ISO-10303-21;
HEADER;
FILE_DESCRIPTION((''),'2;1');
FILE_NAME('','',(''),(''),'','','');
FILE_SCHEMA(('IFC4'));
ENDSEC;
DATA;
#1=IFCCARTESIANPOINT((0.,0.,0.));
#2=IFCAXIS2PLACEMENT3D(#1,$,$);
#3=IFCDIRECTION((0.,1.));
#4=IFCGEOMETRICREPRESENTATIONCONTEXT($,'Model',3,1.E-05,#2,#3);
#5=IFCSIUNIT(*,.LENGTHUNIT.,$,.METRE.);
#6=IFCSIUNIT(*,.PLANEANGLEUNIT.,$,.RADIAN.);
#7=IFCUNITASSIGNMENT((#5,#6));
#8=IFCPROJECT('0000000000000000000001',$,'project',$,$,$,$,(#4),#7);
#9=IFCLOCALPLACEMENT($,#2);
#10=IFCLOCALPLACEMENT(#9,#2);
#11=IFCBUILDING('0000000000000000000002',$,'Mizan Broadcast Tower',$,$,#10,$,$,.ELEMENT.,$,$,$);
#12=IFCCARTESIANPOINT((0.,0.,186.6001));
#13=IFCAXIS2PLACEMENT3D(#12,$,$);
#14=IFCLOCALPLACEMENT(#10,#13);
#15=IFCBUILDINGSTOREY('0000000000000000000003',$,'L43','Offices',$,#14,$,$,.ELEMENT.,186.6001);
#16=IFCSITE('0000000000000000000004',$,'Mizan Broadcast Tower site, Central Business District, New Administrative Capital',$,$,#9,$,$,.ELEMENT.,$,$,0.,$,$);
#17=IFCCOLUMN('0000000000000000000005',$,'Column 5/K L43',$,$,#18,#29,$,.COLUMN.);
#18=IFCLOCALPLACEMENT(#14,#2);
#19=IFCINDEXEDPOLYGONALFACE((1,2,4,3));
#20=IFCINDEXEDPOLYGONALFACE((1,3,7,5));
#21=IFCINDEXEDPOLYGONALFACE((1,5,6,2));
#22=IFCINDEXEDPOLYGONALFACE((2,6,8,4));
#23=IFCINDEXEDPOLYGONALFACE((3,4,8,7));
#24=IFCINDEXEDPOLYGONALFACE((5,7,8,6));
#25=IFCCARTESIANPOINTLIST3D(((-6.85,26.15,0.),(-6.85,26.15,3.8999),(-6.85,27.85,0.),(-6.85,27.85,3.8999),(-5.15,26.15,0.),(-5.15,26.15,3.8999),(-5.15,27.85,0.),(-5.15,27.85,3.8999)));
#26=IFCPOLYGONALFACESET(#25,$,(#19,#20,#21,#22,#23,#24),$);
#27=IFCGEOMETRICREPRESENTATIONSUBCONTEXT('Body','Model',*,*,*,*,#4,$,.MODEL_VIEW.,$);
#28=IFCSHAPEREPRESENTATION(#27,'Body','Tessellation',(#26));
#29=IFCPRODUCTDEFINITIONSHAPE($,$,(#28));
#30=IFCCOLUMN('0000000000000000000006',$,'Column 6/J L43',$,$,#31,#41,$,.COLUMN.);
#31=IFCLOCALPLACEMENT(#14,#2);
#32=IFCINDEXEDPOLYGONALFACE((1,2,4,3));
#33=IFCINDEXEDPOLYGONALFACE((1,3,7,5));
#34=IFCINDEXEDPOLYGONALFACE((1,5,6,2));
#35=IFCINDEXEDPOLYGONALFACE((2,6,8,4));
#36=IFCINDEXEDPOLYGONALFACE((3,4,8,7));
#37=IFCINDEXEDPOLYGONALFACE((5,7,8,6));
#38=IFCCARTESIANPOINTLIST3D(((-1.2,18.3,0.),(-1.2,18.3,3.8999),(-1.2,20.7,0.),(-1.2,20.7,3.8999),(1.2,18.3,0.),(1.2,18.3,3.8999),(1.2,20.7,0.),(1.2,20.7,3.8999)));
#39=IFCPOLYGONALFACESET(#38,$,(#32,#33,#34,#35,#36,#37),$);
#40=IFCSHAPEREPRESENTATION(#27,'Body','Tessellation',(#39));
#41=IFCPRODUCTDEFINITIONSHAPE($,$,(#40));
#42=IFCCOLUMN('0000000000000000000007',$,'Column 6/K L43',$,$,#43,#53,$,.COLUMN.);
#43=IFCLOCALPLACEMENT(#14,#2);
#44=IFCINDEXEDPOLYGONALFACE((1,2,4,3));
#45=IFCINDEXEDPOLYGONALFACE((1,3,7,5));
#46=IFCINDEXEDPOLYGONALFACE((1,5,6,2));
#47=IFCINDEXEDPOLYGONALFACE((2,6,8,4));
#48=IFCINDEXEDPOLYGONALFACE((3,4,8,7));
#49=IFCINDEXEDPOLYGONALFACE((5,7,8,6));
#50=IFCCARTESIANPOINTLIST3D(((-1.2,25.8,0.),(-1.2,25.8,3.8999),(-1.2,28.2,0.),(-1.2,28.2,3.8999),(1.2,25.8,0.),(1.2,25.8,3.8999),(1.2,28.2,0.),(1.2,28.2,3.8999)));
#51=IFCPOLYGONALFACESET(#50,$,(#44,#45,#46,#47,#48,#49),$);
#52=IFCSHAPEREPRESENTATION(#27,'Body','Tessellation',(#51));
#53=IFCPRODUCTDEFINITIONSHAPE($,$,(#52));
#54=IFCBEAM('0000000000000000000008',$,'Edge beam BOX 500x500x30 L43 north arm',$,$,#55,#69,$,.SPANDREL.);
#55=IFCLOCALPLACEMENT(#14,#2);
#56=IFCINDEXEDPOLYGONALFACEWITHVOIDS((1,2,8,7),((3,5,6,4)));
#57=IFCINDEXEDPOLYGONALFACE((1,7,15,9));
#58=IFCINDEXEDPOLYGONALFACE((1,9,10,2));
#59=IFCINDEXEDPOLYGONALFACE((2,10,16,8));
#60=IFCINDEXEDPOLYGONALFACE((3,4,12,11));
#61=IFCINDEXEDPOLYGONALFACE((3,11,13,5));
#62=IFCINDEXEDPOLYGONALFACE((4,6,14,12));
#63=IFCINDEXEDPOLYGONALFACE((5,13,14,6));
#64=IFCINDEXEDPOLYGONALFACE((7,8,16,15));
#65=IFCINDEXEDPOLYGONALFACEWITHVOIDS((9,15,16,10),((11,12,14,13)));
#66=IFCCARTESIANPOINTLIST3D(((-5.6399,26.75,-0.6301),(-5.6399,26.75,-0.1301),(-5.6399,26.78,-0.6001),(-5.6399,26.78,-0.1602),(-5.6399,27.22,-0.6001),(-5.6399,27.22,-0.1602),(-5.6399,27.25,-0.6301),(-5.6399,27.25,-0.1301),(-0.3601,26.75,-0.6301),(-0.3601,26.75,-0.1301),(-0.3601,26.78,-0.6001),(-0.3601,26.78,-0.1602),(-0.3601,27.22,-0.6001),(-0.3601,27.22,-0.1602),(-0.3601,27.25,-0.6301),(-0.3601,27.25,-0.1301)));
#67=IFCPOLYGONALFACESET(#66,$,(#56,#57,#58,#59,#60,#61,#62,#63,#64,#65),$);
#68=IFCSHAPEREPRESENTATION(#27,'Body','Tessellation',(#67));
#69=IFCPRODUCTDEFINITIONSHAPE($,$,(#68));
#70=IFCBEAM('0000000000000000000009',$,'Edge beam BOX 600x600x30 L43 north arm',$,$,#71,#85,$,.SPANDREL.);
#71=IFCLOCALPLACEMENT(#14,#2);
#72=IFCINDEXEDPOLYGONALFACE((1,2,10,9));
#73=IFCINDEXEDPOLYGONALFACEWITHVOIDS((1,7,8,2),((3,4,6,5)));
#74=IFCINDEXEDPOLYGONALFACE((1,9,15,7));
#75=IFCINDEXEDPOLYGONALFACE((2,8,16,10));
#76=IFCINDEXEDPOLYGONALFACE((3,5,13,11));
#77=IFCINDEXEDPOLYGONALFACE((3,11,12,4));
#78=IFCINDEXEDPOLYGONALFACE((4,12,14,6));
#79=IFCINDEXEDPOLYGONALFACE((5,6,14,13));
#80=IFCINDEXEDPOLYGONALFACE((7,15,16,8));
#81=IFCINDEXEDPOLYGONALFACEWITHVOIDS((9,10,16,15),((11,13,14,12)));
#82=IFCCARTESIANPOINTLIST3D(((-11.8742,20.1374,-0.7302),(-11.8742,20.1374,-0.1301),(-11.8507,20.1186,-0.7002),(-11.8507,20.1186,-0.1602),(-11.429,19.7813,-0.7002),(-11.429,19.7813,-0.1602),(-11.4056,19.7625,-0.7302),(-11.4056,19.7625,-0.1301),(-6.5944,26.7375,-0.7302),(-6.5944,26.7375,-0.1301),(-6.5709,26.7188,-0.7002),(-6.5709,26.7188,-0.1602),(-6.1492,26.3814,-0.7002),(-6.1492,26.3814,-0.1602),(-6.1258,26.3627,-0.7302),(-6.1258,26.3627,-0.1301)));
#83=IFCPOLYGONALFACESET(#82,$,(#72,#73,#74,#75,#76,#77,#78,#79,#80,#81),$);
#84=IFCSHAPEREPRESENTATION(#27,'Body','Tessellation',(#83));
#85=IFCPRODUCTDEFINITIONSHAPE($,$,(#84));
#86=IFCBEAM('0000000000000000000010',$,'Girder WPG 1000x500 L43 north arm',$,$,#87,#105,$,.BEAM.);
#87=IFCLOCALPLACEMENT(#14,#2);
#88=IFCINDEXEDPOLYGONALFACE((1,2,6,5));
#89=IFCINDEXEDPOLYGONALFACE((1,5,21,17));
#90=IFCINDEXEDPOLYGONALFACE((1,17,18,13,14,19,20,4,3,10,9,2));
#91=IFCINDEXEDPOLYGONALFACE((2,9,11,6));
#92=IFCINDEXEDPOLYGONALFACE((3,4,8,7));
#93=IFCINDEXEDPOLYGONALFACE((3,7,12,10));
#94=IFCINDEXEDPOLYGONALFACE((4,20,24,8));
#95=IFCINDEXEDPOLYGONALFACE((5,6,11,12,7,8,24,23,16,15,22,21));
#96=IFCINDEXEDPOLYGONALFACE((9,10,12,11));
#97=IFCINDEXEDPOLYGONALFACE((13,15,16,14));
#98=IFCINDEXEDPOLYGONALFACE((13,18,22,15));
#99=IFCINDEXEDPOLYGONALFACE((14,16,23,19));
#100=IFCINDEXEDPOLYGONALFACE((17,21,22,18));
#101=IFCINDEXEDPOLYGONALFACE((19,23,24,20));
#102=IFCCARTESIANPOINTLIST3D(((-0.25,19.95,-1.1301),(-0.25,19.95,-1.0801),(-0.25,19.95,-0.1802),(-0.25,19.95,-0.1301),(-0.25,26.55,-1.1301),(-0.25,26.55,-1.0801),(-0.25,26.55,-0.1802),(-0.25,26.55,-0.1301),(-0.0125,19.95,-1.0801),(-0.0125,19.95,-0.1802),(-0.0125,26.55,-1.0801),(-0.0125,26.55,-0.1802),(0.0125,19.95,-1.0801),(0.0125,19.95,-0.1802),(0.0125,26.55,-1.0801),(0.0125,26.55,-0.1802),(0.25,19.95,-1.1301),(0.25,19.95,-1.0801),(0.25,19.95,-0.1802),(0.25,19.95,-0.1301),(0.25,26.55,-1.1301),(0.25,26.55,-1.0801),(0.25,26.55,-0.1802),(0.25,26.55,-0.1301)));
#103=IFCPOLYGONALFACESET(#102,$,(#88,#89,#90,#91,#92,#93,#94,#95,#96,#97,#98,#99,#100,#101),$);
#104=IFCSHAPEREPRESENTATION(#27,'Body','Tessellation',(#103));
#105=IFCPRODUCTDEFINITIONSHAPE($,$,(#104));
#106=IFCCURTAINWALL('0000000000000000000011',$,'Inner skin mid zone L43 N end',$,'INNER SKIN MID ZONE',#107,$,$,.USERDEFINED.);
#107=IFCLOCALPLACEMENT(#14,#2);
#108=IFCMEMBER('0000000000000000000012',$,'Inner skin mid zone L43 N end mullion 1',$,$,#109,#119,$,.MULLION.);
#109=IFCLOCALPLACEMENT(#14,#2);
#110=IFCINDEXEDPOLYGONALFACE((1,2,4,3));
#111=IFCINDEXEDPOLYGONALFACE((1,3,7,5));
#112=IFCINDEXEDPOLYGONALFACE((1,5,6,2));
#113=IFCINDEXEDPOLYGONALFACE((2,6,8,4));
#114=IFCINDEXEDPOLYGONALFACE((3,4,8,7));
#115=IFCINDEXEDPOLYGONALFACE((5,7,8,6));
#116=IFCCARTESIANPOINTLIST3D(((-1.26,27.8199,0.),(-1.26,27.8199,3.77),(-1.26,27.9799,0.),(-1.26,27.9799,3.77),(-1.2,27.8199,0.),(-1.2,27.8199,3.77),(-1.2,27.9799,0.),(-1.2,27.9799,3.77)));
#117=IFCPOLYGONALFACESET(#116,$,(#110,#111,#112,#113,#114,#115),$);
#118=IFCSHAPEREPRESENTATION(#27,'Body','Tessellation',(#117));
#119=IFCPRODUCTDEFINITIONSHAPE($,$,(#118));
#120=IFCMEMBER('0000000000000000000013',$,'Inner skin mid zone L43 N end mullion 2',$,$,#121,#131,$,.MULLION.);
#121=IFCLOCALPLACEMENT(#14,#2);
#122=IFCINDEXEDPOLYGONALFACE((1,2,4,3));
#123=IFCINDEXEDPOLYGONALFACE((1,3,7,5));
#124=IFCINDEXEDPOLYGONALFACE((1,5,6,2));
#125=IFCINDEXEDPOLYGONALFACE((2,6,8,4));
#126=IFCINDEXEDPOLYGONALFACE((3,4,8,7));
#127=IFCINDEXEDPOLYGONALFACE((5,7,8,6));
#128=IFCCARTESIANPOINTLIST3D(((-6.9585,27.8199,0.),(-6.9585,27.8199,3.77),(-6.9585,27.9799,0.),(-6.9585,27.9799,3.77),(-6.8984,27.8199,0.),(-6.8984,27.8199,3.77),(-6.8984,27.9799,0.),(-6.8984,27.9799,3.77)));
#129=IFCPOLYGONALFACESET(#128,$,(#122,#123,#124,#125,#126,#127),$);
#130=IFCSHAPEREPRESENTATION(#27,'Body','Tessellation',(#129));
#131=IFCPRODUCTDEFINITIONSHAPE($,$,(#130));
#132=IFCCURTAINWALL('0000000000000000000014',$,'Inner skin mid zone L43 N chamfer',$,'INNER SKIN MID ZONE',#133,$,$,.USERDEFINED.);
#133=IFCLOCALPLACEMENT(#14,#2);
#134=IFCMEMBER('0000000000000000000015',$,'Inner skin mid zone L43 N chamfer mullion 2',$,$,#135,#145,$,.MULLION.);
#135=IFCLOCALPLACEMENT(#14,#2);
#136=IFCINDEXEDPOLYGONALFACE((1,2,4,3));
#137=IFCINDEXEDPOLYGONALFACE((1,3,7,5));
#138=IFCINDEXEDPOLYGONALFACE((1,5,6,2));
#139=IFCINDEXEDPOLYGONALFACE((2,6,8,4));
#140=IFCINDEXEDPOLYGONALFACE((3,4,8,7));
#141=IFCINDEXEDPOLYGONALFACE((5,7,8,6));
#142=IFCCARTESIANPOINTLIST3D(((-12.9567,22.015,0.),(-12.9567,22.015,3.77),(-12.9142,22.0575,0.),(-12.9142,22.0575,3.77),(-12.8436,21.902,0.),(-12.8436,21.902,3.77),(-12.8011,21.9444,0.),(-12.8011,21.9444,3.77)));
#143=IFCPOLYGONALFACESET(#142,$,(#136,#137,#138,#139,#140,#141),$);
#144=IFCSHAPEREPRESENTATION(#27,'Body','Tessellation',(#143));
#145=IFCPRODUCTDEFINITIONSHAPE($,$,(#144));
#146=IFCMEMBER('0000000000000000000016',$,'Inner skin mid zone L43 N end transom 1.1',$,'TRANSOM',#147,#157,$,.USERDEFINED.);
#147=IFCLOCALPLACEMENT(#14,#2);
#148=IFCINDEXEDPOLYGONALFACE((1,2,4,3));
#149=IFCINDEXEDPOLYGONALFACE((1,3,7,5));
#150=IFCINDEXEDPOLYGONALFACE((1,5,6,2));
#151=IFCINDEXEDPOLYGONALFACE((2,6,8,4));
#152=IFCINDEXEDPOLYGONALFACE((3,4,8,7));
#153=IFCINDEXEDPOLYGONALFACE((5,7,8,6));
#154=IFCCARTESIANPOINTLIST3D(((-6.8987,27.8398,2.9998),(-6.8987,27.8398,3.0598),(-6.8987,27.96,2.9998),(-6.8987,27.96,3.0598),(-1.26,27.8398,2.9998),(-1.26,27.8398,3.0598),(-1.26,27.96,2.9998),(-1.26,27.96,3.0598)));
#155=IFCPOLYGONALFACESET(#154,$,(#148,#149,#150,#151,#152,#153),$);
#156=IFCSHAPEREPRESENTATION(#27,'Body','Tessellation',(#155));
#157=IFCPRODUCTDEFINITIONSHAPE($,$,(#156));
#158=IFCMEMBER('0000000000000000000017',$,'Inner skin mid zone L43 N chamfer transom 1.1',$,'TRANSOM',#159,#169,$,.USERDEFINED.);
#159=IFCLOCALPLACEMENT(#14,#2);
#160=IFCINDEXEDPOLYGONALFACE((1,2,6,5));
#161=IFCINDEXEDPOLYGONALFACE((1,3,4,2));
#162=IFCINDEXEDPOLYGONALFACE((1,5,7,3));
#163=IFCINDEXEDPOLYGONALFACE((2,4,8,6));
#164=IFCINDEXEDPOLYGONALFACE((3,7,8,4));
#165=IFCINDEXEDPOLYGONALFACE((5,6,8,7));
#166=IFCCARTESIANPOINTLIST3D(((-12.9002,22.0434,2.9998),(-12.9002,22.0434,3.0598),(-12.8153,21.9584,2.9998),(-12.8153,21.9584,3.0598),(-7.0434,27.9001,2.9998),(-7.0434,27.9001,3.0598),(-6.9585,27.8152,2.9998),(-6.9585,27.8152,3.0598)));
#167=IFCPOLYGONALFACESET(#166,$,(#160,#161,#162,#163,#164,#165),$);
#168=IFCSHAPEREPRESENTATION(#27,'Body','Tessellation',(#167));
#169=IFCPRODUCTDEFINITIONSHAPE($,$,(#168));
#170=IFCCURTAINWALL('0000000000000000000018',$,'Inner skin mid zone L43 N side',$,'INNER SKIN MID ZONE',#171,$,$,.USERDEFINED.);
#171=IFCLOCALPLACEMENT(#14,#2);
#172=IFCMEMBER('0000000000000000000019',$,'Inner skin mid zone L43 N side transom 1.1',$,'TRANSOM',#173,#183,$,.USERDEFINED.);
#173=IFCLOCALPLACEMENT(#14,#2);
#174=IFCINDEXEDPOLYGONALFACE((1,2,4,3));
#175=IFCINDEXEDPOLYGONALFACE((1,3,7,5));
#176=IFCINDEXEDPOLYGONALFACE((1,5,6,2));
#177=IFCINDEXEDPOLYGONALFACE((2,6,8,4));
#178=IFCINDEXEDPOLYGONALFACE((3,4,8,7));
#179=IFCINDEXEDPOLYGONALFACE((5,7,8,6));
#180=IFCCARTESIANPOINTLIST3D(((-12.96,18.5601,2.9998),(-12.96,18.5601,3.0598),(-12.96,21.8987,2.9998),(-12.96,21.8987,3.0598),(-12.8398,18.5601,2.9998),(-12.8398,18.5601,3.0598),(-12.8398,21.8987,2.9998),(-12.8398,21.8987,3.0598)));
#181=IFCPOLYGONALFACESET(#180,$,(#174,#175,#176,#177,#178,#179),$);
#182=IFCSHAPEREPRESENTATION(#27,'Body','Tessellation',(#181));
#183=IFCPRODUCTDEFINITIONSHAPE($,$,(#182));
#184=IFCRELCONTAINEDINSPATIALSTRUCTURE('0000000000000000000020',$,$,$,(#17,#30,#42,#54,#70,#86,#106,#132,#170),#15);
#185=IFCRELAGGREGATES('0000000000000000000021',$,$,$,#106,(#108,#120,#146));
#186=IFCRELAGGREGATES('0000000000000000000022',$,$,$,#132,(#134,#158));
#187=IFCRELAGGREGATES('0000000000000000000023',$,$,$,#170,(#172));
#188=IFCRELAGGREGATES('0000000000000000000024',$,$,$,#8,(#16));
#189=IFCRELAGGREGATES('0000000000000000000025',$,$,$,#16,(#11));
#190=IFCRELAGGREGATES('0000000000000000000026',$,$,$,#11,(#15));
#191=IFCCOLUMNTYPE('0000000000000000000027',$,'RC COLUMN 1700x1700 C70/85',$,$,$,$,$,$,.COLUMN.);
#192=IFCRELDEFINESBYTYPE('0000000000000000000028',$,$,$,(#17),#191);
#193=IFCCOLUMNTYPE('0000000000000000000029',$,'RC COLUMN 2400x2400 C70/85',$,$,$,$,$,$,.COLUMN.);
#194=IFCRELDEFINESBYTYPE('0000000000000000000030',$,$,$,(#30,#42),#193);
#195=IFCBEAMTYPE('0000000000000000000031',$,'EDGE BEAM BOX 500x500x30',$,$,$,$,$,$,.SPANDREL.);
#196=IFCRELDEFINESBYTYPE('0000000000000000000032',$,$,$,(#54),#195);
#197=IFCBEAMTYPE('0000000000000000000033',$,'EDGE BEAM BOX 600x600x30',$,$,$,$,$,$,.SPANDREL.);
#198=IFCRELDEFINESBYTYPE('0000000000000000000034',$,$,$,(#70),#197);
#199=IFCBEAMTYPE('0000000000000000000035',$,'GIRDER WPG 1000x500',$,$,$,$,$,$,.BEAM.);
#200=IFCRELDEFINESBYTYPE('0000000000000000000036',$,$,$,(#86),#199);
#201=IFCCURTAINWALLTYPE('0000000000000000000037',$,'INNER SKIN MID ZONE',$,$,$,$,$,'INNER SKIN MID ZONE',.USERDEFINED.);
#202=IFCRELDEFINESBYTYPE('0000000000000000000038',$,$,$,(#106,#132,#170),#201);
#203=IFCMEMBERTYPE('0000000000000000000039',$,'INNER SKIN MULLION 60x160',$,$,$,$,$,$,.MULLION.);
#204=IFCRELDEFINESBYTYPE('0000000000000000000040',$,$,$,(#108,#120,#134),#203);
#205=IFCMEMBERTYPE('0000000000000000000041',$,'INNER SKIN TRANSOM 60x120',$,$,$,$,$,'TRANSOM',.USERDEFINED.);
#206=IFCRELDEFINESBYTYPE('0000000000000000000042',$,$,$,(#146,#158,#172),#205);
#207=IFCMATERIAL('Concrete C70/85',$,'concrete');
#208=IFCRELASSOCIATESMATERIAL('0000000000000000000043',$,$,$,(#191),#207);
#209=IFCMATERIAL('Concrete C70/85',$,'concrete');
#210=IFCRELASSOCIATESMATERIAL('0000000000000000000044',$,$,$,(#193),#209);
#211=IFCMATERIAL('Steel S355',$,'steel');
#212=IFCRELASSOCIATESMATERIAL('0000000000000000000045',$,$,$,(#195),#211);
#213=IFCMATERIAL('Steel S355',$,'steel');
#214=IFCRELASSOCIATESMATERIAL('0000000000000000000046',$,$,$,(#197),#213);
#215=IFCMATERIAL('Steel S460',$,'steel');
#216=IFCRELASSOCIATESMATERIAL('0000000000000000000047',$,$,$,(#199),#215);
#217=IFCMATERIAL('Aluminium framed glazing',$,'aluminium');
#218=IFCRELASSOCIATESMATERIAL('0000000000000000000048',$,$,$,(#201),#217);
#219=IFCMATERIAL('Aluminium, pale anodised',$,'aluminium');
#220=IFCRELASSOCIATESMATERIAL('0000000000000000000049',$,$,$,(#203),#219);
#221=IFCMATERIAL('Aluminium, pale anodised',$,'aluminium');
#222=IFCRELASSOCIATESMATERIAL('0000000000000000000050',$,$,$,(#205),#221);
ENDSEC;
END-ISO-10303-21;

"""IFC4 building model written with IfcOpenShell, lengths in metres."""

from ifc_helpers import new_model, si_unit, direction, frame, origin, origin_2d, place, context, subcontext, project, spatial, rectangle, hollow_rectangle, i_section, extrude, material, material_profile, profile_set, type_object, element, aggregate, save


model = new_model("IFC4")

# Units and contexts
model_context = context("Model", 3, precision=1e-05, world=origin(), true_north=direction((0.0, 1.0)))
body_context = subcontext(model_context, "Body", "Model", "MODEL_VIEW")
ifc_project = project(units=[si_unit("LENGTHUNIT", "METRE"), si_unit("PLANEANGLEUNIT", "RADIAN")], contexts=[model_context])

# Site, building, storey
site_placement = place(None, origin())
site = spatial("IfcSite", under=ifc_project, at=site_placement, Name="Mizan Broadcast Tower site, Central Business District, New Administrative Capital", CompositionType="ELEMENT", RefElevation=0.0)
building_placement = place(site_placement, origin())
building = spatial("IfcBuilding", under=site, at=building_placement, Name="Mizan Broadcast Tower", CompositionType="ELEMENT")
storey_placement = place(building_placement, frame((0.0, 0.0, 186.6001)))
storey = spatial("IfcBuildingStorey", under=building, at=storey_placement, Name="L43", Description="Offices", CompositionType="ELEMENT", Elevation=186.6001)

# Columns
ifc_material_1 = material(Name="Concrete C70/85", Category="concrete")
ifc_material_profile_1 = material_profile(ifc_material_1, rectangle(XDim=1.7, YDim=1.7, at=origin_2d()), Name="RC 1700x1700")
ifc_profile_set_1 = profile_set([ifc_material_profile_1], Name="Concrete C70/85")
column_type_1 = type_object("IfcColumnType", Name="RC COLUMN 1700x1700 C70/85", PredefinedType="COLUMN", material=ifc_profile_set_1)
column_placement = place(storey_placement, frame((-6.0, 27.0, 0.0), z_axis=(0.0, 0.0, 1.0), x_axis=(1.0, 0.0, 0.0)))
element("IfcColumn", 1, at=column_placement, inside=storey, type_object=column_type_1, Name="Column 5/K L43", PredefinedType="COLUMN", context=body_context, shape_type="SweptSolid", body=[
    extrude(rectangle(XDim=1.7, YDim=1.7, at=origin_2d()), origin(), (0.0, 0.0, 1.0), 3.8999),
])
ifc_material_2 = material(Name="Concrete C70/85", Category="concrete")
ifc_material_profile_2 = material_profile(ifc_material_2, rectangle(XDim=2.3999, YDim=2.3999, at=origin_2d()), Name="RC 2400x2400")
ifc_profile_set_2 = profile_set([ifc_material_profile_2], Name="Concrete C70/85")
column_type_2 = type_object("IfcColumnType", Name="RC COLUMN 2400x2400 C70/85", PredefinedType="COLUMN", material=ifc_profile_set_2)
for number, where, z_axis, x_axis, name in (
    (2, (0.0, 19.5, 0.0), (0.0, 0.0, 1.0), (1.0, 0.0, 0.0), "Column 6/J L43"),
    (3, (0.0, 27.0, 0.0), (0.0, 0.0, 1.0), (1.0, 0.0, 0.0), "Column 6/K L43"),
):
    element("IfcColumn", number, at=place(storey_placement, frame(where, z_axis=z_axis, x_axis=x_axis)), inside=storey, type_object=column_type_2, Name=name, PredefinedType="COLUMN", context=body_context, shape_type="SweptSolid", body=[
        extrude(rectangle(XDim=2.3999, YDim=2.3999, at=origin_2d()), origin(), (0.0, 0.0, 1.0), 3.8999),
    ])

# Beams
ifc_material_3 = material(Name="Steel S355", Category="steel")
ifc_material_profile_3 = material_profile(ifc_material_3, hollow_rectangle(XDim=0.5, YDim=0.5, WallThickness=0.03, at=origin_2d()), Name="BOX 500x500x30")
ifc_profile_set_3 = profile_set([ifc_material_profile_3], Name="Steel S355")
beam_type_1 = type_object("IfcBeamType", Name="EDGE BEAM BOX 500x500x30", PredefinedType="SPANDREL", material=ifc_profile_set_3)
beam_1_placement = place(storey_placement, frame((-5.6399, 27.0, -0.3801), z_axis=(1.0, 0.0, 0.0), x_axis=(0.0, 1.0, 0.0)))
element("IfcBeam", 4, at=beam_1_placement, inside=storey, type_object=beam_type_1, Name="Edge beam BOX 500x500x30 L43 north arm", PredefinedType="SPANDREL", context=body_context, shape_type="SweptSolid", body=[
    extrude(hollow_rectangle(XDim=0.5, YDim=0.5, WallThickness=0.03, at=origin_2d()), origin(), (0.0, 0.0, 1.0), 5.2798),
])
ifc_material_4 = material(Name="Steel S355", Category="steel")
ifc_material_profile_4 = material_profile(ifc_material_4, hollow_rectangle(XDim=0.6001, YDim=0.6001, WallThickness=0.03, at=origin_2d()), Name="BOX 600x600x30")
ifc_profile_set_4 = profile_set([ifc_material_profile_4], Name="Steel S355")
beam_type_2 = type_object("IfcBeamType", Name="EDGE BEAM BOX 600x600x30", PredefinedType="SPANDREL", material=ifc_profile_set_4)
beam_2_placement = place(storey_placement, frame((-11.6399, 19.95, -0.4302), z_axis=(0.624674, 0.780886, 0.0), x_axis=(-0.780886, 0.624674, 0.0)))
element("IfcBeam", 5, at=beam_2_placement, inside=storey, type_object=beam_type_2, Name="Edge beam BOX 600x600x30 L43 north arm", PredefinedType="SPANDREL", context=body_context, shape_type="SweptSolid", body=[
    extrude(hollow_rectangle(XDim=0.6001, YDim=0.6001, WallThickness=0.03, at=origin_2d()), origin(), (0.0, 0.0, 1.0), 8.4521),
])
ifc_material_5 = material(Name="Steel S460", Category="steel")
ifc_material_profile_5 = material_profile(ifc_material_5, i_section(OverallWidth=0.5, OverallDepth=1.0, WebThickness=0.0249, FlangeThickness=0.05, at=origin_2d()), Name="WPG 1000x500")
ifc_profile_set_5 = profile_set([ifc_material_profile_5], Name="Steel S460")
beam_type_3 = type_object("IfcBeamType", Name="GIRDER WPG 1000x500", PredefinedType="BEAM", material=ifc_profile_set_5)
beam_3_placement = place(storey_placement, frame((0.0, 19.95, -0.6301), z_axis=(0.0, 1.0, 0.0), x_axis=(-1.0, 0.0, 0.0)))
element("IfcBeam", 6, at=beam_3_placement, inside=storey, type_object=beam_type_3, Name="Girder WPG 1000x500 L43 north arm", PredefinedType="BEAM", context=body_context, shape_type="SweptSolid", body=[
    extrude(i_section(OverallWidth=0.5, OverallDepth=1.0, WebThickness=0.0249, FlangeThickness=0.05, at=origin_2d()), origin(), (0.0, 0.0, 1.0), 6.6001),
])

# Curtain wall, members
ifc_material_6 = material(Name="Aluminium framed glazing", Category="aluminium")
curtain_wall_type_1 = type_object("IfcCurtainWallType", Name="INNER SKIN MID ZONE", ElementType="INNER SKIN MID ZONE", PredefinedType="USERDEFINED", material=ifc_material_6)
curtain_wall_1_placement = place(storey_placement, origin())
curtain_wall_1 = element("IfcCurtainWall", 7, at=curtain_wall_1_placement, inside=storey, type_object=curtain_wall_type_1, Name="Inner skin mid zone L43 N end", ObjectType="INNER SKIN MID ZONE", PredefinedType="USERDEFINED")
ifc_material_7 = material(Name="Aluminium, pale anodised", Category="aluminium")
ifc_material_profile_6 = material_profile(ifc_material_7, rectangle(XDim=0.1599, YDim=0.0601, at=origin_2d()), Name="MULLION 160x60")
ifc_profile_set_6 = profile_set([ifc_material_profile_6], Name="Aluminium, pale anodised")
member_type_1 = type_object("IfcMemberType", Name="INNER SKIN MULLION 60x160", PredefinedType="MULLION", material=ifc_profile_set_6)
member_1_placement = place(storey_placement, frame((-1.23, 27.8999, 0.0), z_axis=(0.0, 0.0, 1.0), x_axis=(0.0, -1.0, 0.0)))
member_1 = element("IfcMember", 8, at=member_1_placement, type_object=member_type_1, Name="Inner skin mid zone L43 N end mullion 1", PredefinedType="MULLION", context=body_context, shape_type="SweptSolid", body=[
    extrude(rectangle(XDim=0.1599, YDim=0.0601, at=origin_2d()), origin(), (0.0, 0.0, 1.0), 3.77),
])
member_2_placement = place(storey_placement, frame((-6.9285, 27.8999, 0.0), z_axis=(0.0, 0.0, 1.0), x_axis=(0.0, -1.0, 0.0)))
member_2 = element("IfcMember", 9, at=member_2_placement, type_object=member_type_1, Name="Inner skin mid zone L43 N end mullion 2", PredefinedType="MULLION", context=body_context, shape_type="SweptSolid", body=[
    extrude(rectangle(XDim=0.1599, YDim=0.0601, at=origin_2d()), origin(), (0.0, 0.0, 1.0), 3.77),
])

# Curtain wall, member
curtain_wall_2_placement = place(storey_placement, origin())
curtain_wall_2 = element("IfcCurtainWall", 10, at=curtain_wall_2_placement, inside=storey, type_object=curtain_wall_type_1, Name="Inner skin mid zone L43 N chamfer", ObjectType="INNER SKIN MID ZONE", PredefinedType="USERDEFINED")
member_3_placement = place(storey_placement, frame((-12.8789, 21.9797, 0.0), z_axis=(0.0, 0.0, 1.0), x_axis=(0.707107, -0.707107, 0.0)))
member_3 = element("IfcMember", 11, at=member_3_placement, type_object=member_type_1, Name="Inner skin mid zone L43 N chamfer mullion 2", PredefinedType="MULLION", context=body_context, shape_type="SweptSolid", body=[
    extrude(rectangle(XDim=0.1599, YDim=0.0601, at=origin_2d()), origin(), (0.0, 0.0, 1.0), 3.77),
])

# Members
ifc_material_8 = material(Name="Aluminium, pale anodised", Category="aluminium")
ifc_material_profile_7 = material_profile(ifc_material_8, rectangle(XDim=0.1201, YDim=0.0601, at=origin_2d()), Name="TRANSOM 120x60")
ifc_profile_set_7 = profile_set([ifc_material_profile_7], Name="Aluminium, pale anodised")
member_type_2 = type_object("IfcMemberType", Name="INNER SKIN TRANSOM 60x120", ElementType="TRANSOM", PredefinedType="USERDEFINED", material=ifc_profile_set_7)
member_4_placement = place(storey_placement, frame((-1.26, 27.8999, 3.0298), z_axis=(-1.0, 0.0, 0.0), x_axis=(0.0, -1.0, 0.0)))
member_4 = element("IfcMember", 12, at=member_4_placement, type_object=member_type_2, Name="Inner skin mid zone L43 N end transom 1.1", ObjectType="TRANSOM", PredefinedType="USERDEFINED", context=body_context, shape_type="SweptSolid", body=[
    extrude(rectangle(XDim=0.1201, YDim=0.0601, at=origin_2d()), origin(), (0.0, 0.0, 1.0), 5.6387),
])
member_5_placement = place(storey_placement, frame((-7.001, 27.8577, 3.0298), z_axis=(-0.707107, -0.707107, 0.0), x_axis=(0.707107, -0.707107, 0.0)))
member_5 = element("IfcMember", 13, at=member_5_placement, type_object=member_type_2, Name="Inner skin mid zone L43 N chamfer transom 1.1", ObjectType="TRANSOM", PredefinedType="USERDEFINED", context=body_context, shape_type="SweptSolid", body=[
    extrude(rectangle(XDim=0.1201, YDim=0.0601, at=origin_2d()), origin(), (0.0, 0.0, 1.0), 8.2827),
])

# Curtain wall, member
curtain_wall_3_placement = place(storey_placement, origin())
curtain_wall_3 = element("IfcCurtainWall", 14, at=curtain_wall_3_placement, inside=storey, type_object=curtain_wall_type_1, Name="Inner skin mid zone L43 N side", ObjectType="INNER SKIN MID ZONE", PredefinedType="USERDEFINED")
member_6_placement = place(storey_placement, frame((-12.8999, 21.8987, 3.0298), z_axis=(0.0, -1.0, 0.0), x_axis=(1.0, 0.0, 0.0)))
member_6 = element("IfcMember", 15, at=member_6_placement, type_object=member_type_2, Name="Inner skin mid zone L43 N side transom 1.1", ObjectType="TRANSOM", PredefinedType="USERDEFINED", context=body_context, shape_type="SweptSolid", body=[
    extrude(rectangle(XDim=0.1201, YDim=0.0601, at=origin_2d()), origin(), (0.0, 0.0, 1.0), 3.3386),
])

aggregate(curtain_wall_1, [member_1, member_2, member_4])
aggregate(curtain_wall_2, [member_3, member_5])
aggregate(curtain_wall_3, [member_6])

save(model, "model.ifc")
